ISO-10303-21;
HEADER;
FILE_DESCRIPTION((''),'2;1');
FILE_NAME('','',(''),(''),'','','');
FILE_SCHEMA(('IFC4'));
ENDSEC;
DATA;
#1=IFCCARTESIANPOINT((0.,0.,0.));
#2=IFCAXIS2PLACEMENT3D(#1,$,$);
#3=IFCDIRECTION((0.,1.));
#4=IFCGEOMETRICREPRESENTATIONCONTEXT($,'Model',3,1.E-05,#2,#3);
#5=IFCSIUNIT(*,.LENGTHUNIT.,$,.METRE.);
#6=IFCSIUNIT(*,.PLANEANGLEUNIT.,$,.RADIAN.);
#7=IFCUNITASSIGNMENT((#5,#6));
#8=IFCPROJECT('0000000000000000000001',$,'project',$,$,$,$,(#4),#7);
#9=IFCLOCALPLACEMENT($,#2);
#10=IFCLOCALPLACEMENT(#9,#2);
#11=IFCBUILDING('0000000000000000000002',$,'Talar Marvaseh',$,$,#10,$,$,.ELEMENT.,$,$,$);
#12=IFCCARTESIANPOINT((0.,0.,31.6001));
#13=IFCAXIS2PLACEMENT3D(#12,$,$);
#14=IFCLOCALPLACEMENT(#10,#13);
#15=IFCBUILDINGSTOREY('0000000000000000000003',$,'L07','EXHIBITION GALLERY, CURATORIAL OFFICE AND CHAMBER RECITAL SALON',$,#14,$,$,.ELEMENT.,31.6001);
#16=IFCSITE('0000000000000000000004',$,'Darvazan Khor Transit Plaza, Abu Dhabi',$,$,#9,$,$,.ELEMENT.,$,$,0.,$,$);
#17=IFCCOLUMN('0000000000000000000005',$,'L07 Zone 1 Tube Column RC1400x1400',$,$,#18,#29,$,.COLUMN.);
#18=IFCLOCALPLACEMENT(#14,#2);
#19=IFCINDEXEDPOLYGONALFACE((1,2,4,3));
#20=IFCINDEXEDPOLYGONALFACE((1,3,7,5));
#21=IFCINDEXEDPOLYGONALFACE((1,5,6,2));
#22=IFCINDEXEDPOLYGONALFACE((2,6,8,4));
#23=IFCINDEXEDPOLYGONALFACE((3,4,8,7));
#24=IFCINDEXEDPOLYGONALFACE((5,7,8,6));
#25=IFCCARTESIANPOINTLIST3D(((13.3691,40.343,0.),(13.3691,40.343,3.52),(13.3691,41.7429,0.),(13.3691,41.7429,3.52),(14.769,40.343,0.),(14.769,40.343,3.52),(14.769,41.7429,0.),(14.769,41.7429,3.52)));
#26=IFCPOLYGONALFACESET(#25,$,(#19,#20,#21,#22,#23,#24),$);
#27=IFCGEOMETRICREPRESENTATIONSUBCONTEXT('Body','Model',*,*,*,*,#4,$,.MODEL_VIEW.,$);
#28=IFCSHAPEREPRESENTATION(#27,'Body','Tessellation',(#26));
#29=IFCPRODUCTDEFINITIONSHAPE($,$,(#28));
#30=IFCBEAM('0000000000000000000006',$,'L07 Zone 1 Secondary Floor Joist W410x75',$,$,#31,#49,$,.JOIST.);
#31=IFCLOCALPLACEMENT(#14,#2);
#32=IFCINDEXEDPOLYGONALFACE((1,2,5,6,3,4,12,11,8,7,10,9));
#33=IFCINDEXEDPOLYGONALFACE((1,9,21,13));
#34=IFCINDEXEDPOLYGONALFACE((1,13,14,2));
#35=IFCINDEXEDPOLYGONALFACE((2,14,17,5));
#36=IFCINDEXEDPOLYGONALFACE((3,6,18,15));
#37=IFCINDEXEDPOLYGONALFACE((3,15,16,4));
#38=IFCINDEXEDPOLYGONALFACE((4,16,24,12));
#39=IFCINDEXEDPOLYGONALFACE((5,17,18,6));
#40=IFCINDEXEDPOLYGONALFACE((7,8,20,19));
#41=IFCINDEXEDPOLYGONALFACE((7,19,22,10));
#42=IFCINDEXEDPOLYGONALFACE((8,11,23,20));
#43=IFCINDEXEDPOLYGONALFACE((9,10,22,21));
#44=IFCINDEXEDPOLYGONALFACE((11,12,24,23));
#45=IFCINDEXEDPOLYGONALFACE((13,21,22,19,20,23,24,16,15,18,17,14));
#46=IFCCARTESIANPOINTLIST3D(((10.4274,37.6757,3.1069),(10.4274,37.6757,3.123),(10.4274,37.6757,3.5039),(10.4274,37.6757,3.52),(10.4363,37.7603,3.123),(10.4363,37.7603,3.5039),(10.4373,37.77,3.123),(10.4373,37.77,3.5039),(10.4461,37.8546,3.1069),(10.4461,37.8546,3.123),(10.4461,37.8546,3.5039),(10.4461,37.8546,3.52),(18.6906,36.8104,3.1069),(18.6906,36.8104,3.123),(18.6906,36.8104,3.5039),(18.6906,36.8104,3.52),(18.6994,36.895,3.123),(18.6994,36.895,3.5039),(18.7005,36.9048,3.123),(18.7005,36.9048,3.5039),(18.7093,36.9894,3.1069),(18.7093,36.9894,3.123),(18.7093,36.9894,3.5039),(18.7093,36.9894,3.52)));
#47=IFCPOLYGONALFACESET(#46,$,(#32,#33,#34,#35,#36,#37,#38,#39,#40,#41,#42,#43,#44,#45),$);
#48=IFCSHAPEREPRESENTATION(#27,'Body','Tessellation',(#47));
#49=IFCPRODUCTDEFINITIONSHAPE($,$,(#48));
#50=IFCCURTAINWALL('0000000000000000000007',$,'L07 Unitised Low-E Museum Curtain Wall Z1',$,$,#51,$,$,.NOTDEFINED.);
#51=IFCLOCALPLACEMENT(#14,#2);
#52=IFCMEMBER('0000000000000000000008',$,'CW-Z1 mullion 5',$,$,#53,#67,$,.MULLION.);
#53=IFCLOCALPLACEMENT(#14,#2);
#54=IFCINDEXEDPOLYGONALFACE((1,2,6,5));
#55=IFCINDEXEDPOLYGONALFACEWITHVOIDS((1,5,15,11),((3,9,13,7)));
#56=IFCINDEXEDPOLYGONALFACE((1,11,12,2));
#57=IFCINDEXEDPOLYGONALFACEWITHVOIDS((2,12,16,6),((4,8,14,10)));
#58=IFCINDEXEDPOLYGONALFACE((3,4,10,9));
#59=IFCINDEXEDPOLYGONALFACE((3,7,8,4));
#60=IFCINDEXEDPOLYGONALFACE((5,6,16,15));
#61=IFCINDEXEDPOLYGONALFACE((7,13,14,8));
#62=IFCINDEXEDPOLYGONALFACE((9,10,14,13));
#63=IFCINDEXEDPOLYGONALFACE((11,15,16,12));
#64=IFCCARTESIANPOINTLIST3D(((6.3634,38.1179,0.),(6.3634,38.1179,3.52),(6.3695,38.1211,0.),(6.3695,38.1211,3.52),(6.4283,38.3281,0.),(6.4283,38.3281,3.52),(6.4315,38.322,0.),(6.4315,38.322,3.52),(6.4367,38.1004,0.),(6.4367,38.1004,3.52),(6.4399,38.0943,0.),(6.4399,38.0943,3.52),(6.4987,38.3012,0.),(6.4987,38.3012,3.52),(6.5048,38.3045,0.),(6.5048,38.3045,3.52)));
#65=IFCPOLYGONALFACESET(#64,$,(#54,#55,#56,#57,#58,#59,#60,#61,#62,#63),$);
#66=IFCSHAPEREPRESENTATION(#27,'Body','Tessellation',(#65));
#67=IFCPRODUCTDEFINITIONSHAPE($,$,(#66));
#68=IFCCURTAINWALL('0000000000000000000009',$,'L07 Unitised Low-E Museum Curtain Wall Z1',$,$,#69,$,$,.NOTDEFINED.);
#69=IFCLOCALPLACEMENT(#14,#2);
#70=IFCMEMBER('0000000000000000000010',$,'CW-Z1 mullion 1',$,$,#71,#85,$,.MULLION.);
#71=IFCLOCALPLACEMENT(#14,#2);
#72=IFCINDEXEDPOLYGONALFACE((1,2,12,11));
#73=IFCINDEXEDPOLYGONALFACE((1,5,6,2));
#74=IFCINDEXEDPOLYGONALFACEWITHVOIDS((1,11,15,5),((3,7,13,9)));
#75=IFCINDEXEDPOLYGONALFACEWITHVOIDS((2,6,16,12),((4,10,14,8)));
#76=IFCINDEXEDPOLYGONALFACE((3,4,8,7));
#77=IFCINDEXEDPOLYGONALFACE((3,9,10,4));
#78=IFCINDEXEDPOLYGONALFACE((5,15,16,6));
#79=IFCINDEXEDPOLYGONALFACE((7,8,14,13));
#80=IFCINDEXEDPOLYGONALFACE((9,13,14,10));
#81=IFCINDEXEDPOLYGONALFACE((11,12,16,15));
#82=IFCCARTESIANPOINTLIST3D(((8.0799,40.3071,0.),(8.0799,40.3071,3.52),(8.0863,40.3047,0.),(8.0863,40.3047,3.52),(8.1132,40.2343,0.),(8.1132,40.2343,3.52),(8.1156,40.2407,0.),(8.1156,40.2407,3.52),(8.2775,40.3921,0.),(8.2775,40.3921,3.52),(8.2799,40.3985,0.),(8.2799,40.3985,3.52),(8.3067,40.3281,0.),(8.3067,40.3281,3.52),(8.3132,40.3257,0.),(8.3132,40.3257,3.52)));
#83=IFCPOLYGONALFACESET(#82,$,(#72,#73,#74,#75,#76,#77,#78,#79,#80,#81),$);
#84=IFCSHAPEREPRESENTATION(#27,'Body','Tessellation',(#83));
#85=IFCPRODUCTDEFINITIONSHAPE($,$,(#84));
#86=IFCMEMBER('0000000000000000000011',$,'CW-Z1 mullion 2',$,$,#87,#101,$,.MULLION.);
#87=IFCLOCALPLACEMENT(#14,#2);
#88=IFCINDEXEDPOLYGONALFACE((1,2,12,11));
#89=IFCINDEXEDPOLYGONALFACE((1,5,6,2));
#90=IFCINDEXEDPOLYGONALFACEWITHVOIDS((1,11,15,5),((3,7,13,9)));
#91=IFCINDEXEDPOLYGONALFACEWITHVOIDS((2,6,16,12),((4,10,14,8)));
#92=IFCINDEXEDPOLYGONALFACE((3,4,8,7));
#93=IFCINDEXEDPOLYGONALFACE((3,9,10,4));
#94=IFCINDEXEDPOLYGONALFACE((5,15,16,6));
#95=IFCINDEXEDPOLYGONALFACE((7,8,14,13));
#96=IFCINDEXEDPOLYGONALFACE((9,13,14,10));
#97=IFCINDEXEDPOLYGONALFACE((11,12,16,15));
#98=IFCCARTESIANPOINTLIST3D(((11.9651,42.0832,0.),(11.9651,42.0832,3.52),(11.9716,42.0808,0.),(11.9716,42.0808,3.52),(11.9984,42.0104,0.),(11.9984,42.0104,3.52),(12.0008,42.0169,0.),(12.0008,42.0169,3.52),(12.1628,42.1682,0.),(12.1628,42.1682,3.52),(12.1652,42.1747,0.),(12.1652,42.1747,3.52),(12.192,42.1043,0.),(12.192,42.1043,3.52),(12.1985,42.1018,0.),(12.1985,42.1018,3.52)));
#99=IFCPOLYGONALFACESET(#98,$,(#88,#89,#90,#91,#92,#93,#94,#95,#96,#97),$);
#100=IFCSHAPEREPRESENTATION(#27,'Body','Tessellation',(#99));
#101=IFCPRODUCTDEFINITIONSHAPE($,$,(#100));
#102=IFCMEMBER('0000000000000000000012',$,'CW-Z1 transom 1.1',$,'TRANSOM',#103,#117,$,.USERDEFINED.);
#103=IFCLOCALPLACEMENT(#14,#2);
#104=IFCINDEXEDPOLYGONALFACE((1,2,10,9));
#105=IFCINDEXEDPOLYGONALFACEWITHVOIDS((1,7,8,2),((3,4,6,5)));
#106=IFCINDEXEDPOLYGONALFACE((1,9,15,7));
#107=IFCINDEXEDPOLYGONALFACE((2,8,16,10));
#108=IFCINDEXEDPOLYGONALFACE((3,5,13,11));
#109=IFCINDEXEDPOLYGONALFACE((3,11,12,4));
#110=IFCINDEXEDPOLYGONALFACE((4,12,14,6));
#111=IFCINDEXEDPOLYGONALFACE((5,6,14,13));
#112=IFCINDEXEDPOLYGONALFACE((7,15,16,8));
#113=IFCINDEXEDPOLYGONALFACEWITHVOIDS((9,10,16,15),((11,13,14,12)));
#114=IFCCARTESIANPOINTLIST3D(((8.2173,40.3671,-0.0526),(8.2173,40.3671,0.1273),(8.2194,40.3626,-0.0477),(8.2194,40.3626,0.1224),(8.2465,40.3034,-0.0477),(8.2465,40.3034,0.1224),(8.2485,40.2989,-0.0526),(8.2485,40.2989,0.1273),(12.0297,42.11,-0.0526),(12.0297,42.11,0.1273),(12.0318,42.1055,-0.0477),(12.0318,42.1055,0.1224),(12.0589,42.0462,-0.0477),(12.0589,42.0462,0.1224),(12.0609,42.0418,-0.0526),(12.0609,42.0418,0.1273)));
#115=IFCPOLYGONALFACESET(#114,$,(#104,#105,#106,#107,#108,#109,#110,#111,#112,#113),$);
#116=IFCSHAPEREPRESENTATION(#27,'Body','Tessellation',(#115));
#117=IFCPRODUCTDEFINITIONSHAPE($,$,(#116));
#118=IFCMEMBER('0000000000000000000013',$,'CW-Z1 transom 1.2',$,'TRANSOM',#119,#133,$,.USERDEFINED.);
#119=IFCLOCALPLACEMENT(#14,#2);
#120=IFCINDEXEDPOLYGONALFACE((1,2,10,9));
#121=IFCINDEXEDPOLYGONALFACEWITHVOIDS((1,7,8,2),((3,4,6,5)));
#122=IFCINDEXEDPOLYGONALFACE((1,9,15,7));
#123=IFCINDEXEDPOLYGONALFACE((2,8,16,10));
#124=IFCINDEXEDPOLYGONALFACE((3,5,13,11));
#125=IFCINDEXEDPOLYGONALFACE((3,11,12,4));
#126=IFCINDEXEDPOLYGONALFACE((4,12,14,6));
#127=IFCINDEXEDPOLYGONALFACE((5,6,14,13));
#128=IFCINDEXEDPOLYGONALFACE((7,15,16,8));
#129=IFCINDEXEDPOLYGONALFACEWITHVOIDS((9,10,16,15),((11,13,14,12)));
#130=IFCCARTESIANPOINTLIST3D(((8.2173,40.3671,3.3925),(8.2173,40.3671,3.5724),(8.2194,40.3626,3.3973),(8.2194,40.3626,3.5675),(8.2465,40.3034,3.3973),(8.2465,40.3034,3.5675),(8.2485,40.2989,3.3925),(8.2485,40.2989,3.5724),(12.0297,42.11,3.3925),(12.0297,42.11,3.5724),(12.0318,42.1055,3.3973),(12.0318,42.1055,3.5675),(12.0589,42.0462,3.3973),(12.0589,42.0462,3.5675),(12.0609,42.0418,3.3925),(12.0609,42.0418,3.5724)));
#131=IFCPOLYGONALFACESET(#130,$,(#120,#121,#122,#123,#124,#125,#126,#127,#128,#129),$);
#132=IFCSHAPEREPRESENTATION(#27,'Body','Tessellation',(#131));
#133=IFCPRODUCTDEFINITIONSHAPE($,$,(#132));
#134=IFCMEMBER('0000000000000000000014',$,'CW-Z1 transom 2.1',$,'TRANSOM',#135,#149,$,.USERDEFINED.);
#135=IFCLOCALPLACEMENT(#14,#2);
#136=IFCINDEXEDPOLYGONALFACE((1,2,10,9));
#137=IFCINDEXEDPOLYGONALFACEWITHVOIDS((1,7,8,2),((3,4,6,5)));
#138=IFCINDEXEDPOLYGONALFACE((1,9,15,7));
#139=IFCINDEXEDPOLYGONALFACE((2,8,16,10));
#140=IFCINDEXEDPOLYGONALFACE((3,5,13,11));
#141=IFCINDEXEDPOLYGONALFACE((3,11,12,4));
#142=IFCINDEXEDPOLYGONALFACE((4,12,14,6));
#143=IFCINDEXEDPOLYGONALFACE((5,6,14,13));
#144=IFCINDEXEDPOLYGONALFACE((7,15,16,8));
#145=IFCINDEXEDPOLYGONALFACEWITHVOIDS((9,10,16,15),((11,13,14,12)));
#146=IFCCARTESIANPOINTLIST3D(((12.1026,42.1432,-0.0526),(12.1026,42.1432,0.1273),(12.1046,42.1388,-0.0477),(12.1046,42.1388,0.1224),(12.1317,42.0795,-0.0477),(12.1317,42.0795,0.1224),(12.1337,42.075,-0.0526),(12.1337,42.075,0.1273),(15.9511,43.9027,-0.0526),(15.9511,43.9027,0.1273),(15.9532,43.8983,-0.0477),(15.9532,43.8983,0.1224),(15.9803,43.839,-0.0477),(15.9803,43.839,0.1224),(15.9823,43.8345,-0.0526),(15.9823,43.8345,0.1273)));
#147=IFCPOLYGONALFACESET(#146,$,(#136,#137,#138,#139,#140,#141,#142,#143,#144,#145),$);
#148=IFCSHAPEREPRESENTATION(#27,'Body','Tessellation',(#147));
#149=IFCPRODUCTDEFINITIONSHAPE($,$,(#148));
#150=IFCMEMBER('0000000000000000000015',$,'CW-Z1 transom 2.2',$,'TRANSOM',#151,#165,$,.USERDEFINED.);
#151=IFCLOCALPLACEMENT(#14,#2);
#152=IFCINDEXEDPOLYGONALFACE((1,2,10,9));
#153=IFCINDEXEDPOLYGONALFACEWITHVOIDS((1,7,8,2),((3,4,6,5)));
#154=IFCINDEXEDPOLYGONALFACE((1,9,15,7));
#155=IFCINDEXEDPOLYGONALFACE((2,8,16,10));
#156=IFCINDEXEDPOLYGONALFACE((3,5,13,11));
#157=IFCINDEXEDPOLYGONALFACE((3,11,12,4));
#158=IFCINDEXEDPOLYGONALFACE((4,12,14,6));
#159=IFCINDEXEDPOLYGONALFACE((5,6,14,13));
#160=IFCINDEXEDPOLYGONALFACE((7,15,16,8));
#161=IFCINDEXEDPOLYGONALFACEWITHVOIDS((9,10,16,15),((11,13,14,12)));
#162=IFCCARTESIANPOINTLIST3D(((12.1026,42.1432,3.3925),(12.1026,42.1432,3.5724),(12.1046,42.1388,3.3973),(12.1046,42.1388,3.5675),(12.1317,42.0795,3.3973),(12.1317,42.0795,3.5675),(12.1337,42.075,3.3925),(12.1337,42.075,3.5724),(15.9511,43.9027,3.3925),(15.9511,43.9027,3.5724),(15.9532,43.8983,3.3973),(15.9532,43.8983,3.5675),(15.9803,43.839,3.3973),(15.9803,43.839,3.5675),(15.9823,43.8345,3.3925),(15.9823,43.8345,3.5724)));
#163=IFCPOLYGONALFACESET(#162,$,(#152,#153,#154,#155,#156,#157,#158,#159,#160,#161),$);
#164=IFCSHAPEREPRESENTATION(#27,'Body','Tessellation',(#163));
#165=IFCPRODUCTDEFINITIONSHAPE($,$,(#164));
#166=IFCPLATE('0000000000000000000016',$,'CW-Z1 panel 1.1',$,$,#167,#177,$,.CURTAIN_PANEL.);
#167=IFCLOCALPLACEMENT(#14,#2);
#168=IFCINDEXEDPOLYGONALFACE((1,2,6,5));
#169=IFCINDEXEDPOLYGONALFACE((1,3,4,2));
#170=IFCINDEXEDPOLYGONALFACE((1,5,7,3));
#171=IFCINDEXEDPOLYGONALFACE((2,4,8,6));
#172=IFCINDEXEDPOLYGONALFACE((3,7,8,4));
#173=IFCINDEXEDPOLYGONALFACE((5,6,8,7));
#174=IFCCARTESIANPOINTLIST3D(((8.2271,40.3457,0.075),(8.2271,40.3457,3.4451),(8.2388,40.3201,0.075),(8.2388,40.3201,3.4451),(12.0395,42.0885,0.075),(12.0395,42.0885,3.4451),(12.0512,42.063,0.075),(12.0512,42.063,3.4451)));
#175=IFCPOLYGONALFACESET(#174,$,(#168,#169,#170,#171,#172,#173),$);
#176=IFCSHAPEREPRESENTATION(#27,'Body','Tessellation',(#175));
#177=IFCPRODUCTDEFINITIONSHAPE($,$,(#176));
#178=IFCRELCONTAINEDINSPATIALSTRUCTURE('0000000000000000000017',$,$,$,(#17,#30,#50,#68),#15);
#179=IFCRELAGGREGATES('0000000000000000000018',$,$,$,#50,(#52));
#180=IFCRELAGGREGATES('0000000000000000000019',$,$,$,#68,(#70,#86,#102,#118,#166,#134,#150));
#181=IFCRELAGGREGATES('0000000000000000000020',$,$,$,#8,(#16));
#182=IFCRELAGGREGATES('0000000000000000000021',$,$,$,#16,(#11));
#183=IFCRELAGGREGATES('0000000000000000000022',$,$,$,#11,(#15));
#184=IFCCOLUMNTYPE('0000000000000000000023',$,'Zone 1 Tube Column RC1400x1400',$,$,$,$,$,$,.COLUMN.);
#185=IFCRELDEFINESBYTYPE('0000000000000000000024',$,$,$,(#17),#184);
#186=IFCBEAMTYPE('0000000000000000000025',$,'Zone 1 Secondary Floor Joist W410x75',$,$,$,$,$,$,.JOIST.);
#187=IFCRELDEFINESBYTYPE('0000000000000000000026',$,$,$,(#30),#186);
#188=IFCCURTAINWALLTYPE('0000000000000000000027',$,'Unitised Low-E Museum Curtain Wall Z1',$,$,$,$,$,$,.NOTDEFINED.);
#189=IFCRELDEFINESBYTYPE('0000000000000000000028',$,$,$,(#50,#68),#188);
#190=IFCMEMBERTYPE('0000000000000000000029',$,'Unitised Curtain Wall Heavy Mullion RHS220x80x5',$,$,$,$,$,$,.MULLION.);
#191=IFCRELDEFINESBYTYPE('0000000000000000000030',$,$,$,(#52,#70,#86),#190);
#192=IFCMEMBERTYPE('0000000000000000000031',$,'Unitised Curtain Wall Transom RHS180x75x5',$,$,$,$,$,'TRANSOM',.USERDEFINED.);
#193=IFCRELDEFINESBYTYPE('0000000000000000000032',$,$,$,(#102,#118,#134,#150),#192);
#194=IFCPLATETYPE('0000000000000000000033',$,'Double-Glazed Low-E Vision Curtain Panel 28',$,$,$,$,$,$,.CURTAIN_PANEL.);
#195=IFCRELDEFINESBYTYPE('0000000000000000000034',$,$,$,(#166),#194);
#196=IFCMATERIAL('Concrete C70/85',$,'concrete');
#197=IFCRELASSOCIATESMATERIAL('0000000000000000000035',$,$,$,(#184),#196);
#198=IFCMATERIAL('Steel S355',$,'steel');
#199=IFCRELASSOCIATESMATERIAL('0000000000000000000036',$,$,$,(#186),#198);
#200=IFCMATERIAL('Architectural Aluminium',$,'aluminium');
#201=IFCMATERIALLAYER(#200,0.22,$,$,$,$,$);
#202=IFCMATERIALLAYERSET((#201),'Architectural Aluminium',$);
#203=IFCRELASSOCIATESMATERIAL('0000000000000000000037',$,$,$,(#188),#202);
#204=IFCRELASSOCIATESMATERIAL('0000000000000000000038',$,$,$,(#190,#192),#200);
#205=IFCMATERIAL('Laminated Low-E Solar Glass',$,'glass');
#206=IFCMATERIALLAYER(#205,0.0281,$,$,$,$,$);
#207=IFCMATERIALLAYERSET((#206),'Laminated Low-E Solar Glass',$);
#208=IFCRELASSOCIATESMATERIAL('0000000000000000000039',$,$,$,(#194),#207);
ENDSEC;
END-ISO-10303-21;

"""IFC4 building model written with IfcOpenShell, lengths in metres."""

from ifc_helpers import new_model, si_unit, direction, frame, origin, origin_2d, place, context, subcontext, project, spatial, rectangle, hollow_rectangle, i_section, extrude, source, transform, mapped, material, layer, layer_set, material_profile, profile_set, type_object, type_shapes, element, aggregate, save


model = new_model("IFC4")

# Units and contexts
model_context = context("Model", 3, precision=1e-05, world=origin(), true_north=direction((0.0, 1.0)))
body_context = subcontext(model_context, "Body", "Model", "MODEL_VIEW")
ifc_project = project(units=[si_unit("LENGTHUNIT", "METRE"), si_unit("PLANEANGLEUNIT", "RADIAN")], contexts=[model_context])

# Site, building, storey
site_placement = place(None, origin())
site = spatial("IfcSite", under=ifc_project, at=site_placement, Name="Darvazan Khor Transit Plaza, Abu Dhabi", CompositionType="ELEMENT", RefElevation=0.0)
building_placement = place(site_placement, origin())
building = spatial("IfcBuilding", under=site, at=building_placement, Name="Talar Marvaseh", CompositionType="ELEMENT")
storey_placement = place(building_placement, frame((0.0, 0.0, 31.6001)))
storey = spatial("IfcBuildingStorey", under=building, at=storey_placement, Name="L07", Description="EXHIBITION GALLERY, CURATORIAL OFFICE AND CHAMBER RECITAL SALON", CompositionType="ELEMENT", Elevation=31.6001)

# Column
ifc_material_1 = material(Name="Concrete C70/85", Category="concrete")
ifc_material_profile_1 = material_profile(ifc_material_1, rectangle(XDim=1.3999, YDim=1.3999, at=origin_2d()), Name="RC1400x1400")
ifc_profile_set_1 = profile_set([ifc_material_profile_1], Name="Concrete C70/85")
column_type = type_object("IfcColumnType", Name="Zone 1 Tube Column RC1400x1400", PredefinedType="COLUMN", material=ifc_profile_set_1)
column_placement = place(storey_placement, frame((14.0691, 41.043, 0.0), z_axis=(0.0, 0.0, 1.0), x_axis=(1.0, 0.0, 0.0)))
element("IfcColumn", 1, at=column_placement, inside=storey, type_object=column_type, Name="L07 Zone 1 Tube Column RC1400x1400", PredefinedType="COLUMN", context=body_context, shape_type="SweptSolid", body=[
    extrude(rectangle(XDim=1.3999, YDim=1.3999, at=origin_2d()), origin(), (0.0, 0.0, 1.0), 3.52),
])

# Beam
ifc_material_2 = material(Name="Steel S355", Category="steel")
ifc_material_profile_2 = material_profile(ifc_material_2, i_section(OverallWidth=0.1799, OverallDepth=0.4131, WebThickness=0.0098, FlangeThickness=0.0161, at=origin_2d()), Name="W410x75")
ifc_profile_set_2 = profile_set([ifc_material_profile_2], Name="Steel S355")
beam_type = type_object("IfcBeamType", Name="Zone 1 Secondary Floor Joist W410x75", PredefinedType="JOIST", material=ifc_profile_set_2)
beam_placement = place(storey_placement, frame((10.4368, 37.7651, 3.3135), z_axis=(0.994563, -0.10414, 0.0), x_axis=(0.10414, 0.994563, 0.0)))
element("IfcBeam", 2, at=beam_placement, inside=storey, type_object=beam_type, Name="L07 Zone 1 Secondary Floor Joist W410x75", PredefinedType="JOIST", context=body_context, shape_type="SweptSolid", body=[
    extrude(i_section(OverallWidth=0.1799, OverallDepth=0.4131, WebThickness=0.0098, FlangeThickness=0.0161, at=origin_2d()), origin(), (0.0, 0.0, 1.0), 8.3083),
])

# Curtain wall, member
ifc_material_3 = material(Name="Architectural Aluminium", Category="aluminium")
ifc_layer_1 = layer(ifc_material_3, 0.22)
ifc_layer_set_1 = layer_set([ifc_layer_1], Name="Architectural Aluminium")
curtain_wall_type = type_object("IfcCurtainWallType", Name="Unitised Low-E Museum Curtain Wall Z1", PredefinedType="NOTDEFINED", material=ifc_layer_set_1)
curtain_wall_1_placement = place(storey_placement, origin())
curtain_wall_1 = element("IfcCurtainWall", 3, at=curtain_wall_1_placement, inside=storey, type_object=curtain_wall_type, Name="L07 Unitised Low-E Museum Curtain Wall Z1", PredefinedType="NOTDEFINED")
ifc_material_profile_3 = material_profile(ifc_material_3, hollow_rectangle(XDim=0.0801, YDim=0.22, WallThickness=0.0049, at=origin_2d()), Name="RHS220x80x5")
ifc_profile_set_3 = profile_set([ifc_material_profile_3], Name="Architectural Aluminium")
member_type_1 = type_object("IfcMemberType", Name="Unitised Curtain Wall Heavy Mullion RHS220x80x5", PredefinedType="MULLION", material=ifc_profile_set_3)
shared_shape_1 = source(origin(), body_context, "Body", "SweptSolid", [
    extrude(hollow_rectangle(XDim=0.0801, YDim=0.22, WallThickness=0.0049, at=origin_2d()), origin(), (0.0, 0.0, 1.0), 3.52),
])
type_shapes(member_type_1, [shared_shape_1])
member_1_placement = place(storey_placement, frame((6.4341, 38.2112, 0.0), z_axis=(0.0, 0.0, 1.0), x_axis=(-0.955516, 0.294938, 0.0)))
member_1 = element("IfcMember", 4, at=member_1_placement, type_object=member_type_1, Name="CW-Z1 mullion 5", PredefinedType="MULLION", context=body_context, shape_type="MappedRepresentation", body=[
    mapped(shared_shape_1, transform((0.0, 0.0, 0.0), x_axis=(1.0, 0.0, 0.0), y_axis=(0.0, 1.0, 0.0), z_axis=(0.0, 0.0, 1.0), scale=1.0)),
])
aggregate(curtain_wall_1, [member_1])

# Curtain wall, members, plate
curtain_wall_2_placement = place(storey_placement, origin())
curtain_wall_2 = element("IfcCurtainWall", 5, at=curtain_wall_2_placement, inside=storey, type_object=curtain_wall_type, Name="L07 Unitised Low-E Museum Curtain Wall Z1", PredefinedType="NOTDEFINED")
member_2_placement = place(storey_placement, frame((8.1965, 40.3164, 0.0), z_axis=(0.0, 0.0, 1.0), x_axis=(-0.41577, 0.90947, 0.0)))
member_2 = element("IfcMember", 6, at=member_2_placement, type_object=member_type_1, Name="CW-Z1 mullion 1", PredefinedType="MULLION", context=body_context, shape_type="MappedRepresentation", body=[
    mapped(shared_shape_1, transform((0.0, 0.0, 0.0), x_axis=(1.0, 0.0, 0.0), y_axis=(0.0, 1.0, 0.0), z_axis=(0.0, 0.0, 1.0), scale=1.0)),
])
member_3_placement = place(storey_placement, frame((12.0818, 42.0925, 0.0), z_axis=(0.0, 0.0, 1.0), x_axis=(-0.41577, 0.90947, 0.0)))
member_3 = element("IfcMember", 7, at=member_3_placement, type_object=member_type_1, Name="CW-Z1 mullion 2", PredefinedType="MULLION", context=body_context, shape_type="MappedRepresentation", body=[
    mapped(shared_shape_1, transform((0.0, 0.0, 0.0), x_axis=(1.0, 0.0, 0.0), y_axis=(0.0, 1.0, 0.0), z_axis=(0.0, 0.0, 1.0), scale=1.0)),
])
ifc_material_profile_4 = material_profile(ifc_material_3, hollow_rectangle(XDim=0.075, YDim=0.1799, WallThickness=0.0049, at=origin_2d()), Name="RHS180x75x5")
ifc_profile_set_4 = profile_set([ifc_material_profile_4], Name="Architectural Aluminium")
member_type_2 = type_object("IfcMemberType", Name="Unitised Curtain Wall Transom RHS180x75x5", ElementType="TRANSOM", PredefinedType="USERDEFINED", material=ifc_profile_set_4)
shared_shape_2 = source(origin(), body_context, "Body", "SweptSolid", [
    extrude(hollow_rectangle(XDim=0.075, YDim=0.1799, WallThickness=0.0049, at=origin_2d()), origin(), (0.0, 0.0, 1.0), 4.1919),
])
member_4_placement = place(storey_placement, frame((8.2329, 40.333, 0.0374), z_axis=(0.909469, 0.415772, 0.0), x_axis=(-0.415772, 0.909469, 0.0)))
member_4 = element("IfcMember", 8, at=member_4_placement, type_object=member_type_2, Name="CW-Z1 transom 1.1", ObjectType="TRANSOM", PredefinedType="USERDEFINED", context=body_context, shape_type="MappedRepresentation", body=[
    mapped(shared_shape_2, transform((0.0, 0.0, 0.0), x_axis=(1.0, 0.0, 0.0), y_axis=(0.0, 1.0, 0.0), z_axis=(0.0, 0.0, 1.0), scale=1.0)),
])
member_5_placement = place(storey_placement, frame((8.2329, 40.333, 3.4824), z_axis=(0.909469, 0.415772, 0.0), x_axis=(-0.415772, 0.909469, 0.0)))
member_5 = element("IfcMember", 9, at=member_5_placement, type_object=member_type_2, Name="CW-Z1 transom 1.2", ObjectType="TRANSOM", PredefinedType="USERDEFINED", context=body_context, shape_type="MappedRepresentation", body=[
    mapped(shared_shape_2, transform((0.0, 0.0, 0.0), x_axis=(1.0, 0.0, 0.0), y_axis=(0.0, 1.0, 0.0), z_axis=(0.0, 0.0, 1.0), scale=1.0)),
])
shared_shape_3 = source(origin(), body_context, "Body", "SweptSolid", [
    extrude(hollow_rectangle(XDim=0.075, YDim=0.1799, WallThickness=0.0049, at=origin_2d()), origin(), (0.0, 0.0, 1.0), 4.2317),
])
type_shapes(member_type_2, [shared_shape_2, shared_shape_3])
member_6_placement = place(storey_placement, frame((12.1182, 42.1091, 0.0374), z_axis=(0.909461, 0.415788, 0.0), x_axis=(-0.415788, 0.909461, 0.0)))
member_6 = element("IfcMember", 10, at=member_6_placement, type_object=member_type_2, Name="CW-Z1 transom 2.1", ObjectType="TRANSOM", PredefinedType="USERDEFINED", context=body_context, shape_type="MappedRepresentation", body=[
    mapped(shared_shape_3, transform((0.0, 0.0, 0.0), x_axis=(1.0, 0.0, 0.0), y_axis=(0.0, 1.0, 0.0), z_axis=(0.0, 0.0, 1.0), scale=1.0)),
])
member_7_placement = place(storey_placement, frame((12.1182, 42.1091, 3.4824), z_axis=(0.909461, 0.415788, 0.0), x_axis=(-0.415788, 0.909461, 0.0)))
member_7 = element("IfcMember", 11, at=member_7_placement, type_object=member_type_2, Name="CW-Z1 transom 2.2", ObjectType="TRANSOM", PredefinedType="USERDEFINED", context=body_context, shape_type="MappedRepresentation", body=[
    mapped(shared_shape_3, transform((0.0, 0.0, 0.0), x_axis=(1.0, 0.0, 0.0), y_axis=(0.0, 1.0, 0.0), z_axis=(0.0, 0.0, 1.0), scale=1.0)),
])
ifc_material_4 = material(Name="Laminated Low-E Solar Glass", Category="glass")
ifc_layer_2 = layer(ifc_material_4, 0.0281)
ifc_layer_set_2 = layer_set([ifc_layer_2], Name="Laminated Low-E Solar Glass")
plate_type = type_object("IfcPlateType", Name="Double-Glazed Low-E Vision Curtain Panel 28", PredefinedType="CURTAIN_PANEL", material=ifc_layer_set_2)
shared_shape_4 = source(origin(), body_context, "Body", "SweptSolid", [
    extrude(rectangle(XDim=4.1919, YDim=0.0281, at=origin_2d()), origin(), (0.0, 0.0, 1.0), 3.3701),
])
plate_1_placement = place(storey_placement, frame((10.1392, 41.2043, 0.075), z_axis=(0.0, 0.0, 1.0), x_axis=(0.90947, 0.41577, 0.0)))
plate_1 = element("IfcPlate", 12, at=plate_1_placement, type_object=plate_type, Name="CW-Z1 panel 1.1", PredefinedType="CURTAIN_PANEL", context=body_context, shape_type="MappedRepresentation", body=[
    mapped(shared_shape_4, transform((0.0, 0.0, 0.0), x_axis=(1.0, 0.0, 0.0), y_axis=(0.0, 1.0, 0.0), z_axis=(0.0, 0.0, 1.0), scale=1.0)),
])
aggregate(curtain_wall_2, [member_2, member_3, member_4, member_5, plate_1, member_6, member_7])

save(model, "model.ifc")
